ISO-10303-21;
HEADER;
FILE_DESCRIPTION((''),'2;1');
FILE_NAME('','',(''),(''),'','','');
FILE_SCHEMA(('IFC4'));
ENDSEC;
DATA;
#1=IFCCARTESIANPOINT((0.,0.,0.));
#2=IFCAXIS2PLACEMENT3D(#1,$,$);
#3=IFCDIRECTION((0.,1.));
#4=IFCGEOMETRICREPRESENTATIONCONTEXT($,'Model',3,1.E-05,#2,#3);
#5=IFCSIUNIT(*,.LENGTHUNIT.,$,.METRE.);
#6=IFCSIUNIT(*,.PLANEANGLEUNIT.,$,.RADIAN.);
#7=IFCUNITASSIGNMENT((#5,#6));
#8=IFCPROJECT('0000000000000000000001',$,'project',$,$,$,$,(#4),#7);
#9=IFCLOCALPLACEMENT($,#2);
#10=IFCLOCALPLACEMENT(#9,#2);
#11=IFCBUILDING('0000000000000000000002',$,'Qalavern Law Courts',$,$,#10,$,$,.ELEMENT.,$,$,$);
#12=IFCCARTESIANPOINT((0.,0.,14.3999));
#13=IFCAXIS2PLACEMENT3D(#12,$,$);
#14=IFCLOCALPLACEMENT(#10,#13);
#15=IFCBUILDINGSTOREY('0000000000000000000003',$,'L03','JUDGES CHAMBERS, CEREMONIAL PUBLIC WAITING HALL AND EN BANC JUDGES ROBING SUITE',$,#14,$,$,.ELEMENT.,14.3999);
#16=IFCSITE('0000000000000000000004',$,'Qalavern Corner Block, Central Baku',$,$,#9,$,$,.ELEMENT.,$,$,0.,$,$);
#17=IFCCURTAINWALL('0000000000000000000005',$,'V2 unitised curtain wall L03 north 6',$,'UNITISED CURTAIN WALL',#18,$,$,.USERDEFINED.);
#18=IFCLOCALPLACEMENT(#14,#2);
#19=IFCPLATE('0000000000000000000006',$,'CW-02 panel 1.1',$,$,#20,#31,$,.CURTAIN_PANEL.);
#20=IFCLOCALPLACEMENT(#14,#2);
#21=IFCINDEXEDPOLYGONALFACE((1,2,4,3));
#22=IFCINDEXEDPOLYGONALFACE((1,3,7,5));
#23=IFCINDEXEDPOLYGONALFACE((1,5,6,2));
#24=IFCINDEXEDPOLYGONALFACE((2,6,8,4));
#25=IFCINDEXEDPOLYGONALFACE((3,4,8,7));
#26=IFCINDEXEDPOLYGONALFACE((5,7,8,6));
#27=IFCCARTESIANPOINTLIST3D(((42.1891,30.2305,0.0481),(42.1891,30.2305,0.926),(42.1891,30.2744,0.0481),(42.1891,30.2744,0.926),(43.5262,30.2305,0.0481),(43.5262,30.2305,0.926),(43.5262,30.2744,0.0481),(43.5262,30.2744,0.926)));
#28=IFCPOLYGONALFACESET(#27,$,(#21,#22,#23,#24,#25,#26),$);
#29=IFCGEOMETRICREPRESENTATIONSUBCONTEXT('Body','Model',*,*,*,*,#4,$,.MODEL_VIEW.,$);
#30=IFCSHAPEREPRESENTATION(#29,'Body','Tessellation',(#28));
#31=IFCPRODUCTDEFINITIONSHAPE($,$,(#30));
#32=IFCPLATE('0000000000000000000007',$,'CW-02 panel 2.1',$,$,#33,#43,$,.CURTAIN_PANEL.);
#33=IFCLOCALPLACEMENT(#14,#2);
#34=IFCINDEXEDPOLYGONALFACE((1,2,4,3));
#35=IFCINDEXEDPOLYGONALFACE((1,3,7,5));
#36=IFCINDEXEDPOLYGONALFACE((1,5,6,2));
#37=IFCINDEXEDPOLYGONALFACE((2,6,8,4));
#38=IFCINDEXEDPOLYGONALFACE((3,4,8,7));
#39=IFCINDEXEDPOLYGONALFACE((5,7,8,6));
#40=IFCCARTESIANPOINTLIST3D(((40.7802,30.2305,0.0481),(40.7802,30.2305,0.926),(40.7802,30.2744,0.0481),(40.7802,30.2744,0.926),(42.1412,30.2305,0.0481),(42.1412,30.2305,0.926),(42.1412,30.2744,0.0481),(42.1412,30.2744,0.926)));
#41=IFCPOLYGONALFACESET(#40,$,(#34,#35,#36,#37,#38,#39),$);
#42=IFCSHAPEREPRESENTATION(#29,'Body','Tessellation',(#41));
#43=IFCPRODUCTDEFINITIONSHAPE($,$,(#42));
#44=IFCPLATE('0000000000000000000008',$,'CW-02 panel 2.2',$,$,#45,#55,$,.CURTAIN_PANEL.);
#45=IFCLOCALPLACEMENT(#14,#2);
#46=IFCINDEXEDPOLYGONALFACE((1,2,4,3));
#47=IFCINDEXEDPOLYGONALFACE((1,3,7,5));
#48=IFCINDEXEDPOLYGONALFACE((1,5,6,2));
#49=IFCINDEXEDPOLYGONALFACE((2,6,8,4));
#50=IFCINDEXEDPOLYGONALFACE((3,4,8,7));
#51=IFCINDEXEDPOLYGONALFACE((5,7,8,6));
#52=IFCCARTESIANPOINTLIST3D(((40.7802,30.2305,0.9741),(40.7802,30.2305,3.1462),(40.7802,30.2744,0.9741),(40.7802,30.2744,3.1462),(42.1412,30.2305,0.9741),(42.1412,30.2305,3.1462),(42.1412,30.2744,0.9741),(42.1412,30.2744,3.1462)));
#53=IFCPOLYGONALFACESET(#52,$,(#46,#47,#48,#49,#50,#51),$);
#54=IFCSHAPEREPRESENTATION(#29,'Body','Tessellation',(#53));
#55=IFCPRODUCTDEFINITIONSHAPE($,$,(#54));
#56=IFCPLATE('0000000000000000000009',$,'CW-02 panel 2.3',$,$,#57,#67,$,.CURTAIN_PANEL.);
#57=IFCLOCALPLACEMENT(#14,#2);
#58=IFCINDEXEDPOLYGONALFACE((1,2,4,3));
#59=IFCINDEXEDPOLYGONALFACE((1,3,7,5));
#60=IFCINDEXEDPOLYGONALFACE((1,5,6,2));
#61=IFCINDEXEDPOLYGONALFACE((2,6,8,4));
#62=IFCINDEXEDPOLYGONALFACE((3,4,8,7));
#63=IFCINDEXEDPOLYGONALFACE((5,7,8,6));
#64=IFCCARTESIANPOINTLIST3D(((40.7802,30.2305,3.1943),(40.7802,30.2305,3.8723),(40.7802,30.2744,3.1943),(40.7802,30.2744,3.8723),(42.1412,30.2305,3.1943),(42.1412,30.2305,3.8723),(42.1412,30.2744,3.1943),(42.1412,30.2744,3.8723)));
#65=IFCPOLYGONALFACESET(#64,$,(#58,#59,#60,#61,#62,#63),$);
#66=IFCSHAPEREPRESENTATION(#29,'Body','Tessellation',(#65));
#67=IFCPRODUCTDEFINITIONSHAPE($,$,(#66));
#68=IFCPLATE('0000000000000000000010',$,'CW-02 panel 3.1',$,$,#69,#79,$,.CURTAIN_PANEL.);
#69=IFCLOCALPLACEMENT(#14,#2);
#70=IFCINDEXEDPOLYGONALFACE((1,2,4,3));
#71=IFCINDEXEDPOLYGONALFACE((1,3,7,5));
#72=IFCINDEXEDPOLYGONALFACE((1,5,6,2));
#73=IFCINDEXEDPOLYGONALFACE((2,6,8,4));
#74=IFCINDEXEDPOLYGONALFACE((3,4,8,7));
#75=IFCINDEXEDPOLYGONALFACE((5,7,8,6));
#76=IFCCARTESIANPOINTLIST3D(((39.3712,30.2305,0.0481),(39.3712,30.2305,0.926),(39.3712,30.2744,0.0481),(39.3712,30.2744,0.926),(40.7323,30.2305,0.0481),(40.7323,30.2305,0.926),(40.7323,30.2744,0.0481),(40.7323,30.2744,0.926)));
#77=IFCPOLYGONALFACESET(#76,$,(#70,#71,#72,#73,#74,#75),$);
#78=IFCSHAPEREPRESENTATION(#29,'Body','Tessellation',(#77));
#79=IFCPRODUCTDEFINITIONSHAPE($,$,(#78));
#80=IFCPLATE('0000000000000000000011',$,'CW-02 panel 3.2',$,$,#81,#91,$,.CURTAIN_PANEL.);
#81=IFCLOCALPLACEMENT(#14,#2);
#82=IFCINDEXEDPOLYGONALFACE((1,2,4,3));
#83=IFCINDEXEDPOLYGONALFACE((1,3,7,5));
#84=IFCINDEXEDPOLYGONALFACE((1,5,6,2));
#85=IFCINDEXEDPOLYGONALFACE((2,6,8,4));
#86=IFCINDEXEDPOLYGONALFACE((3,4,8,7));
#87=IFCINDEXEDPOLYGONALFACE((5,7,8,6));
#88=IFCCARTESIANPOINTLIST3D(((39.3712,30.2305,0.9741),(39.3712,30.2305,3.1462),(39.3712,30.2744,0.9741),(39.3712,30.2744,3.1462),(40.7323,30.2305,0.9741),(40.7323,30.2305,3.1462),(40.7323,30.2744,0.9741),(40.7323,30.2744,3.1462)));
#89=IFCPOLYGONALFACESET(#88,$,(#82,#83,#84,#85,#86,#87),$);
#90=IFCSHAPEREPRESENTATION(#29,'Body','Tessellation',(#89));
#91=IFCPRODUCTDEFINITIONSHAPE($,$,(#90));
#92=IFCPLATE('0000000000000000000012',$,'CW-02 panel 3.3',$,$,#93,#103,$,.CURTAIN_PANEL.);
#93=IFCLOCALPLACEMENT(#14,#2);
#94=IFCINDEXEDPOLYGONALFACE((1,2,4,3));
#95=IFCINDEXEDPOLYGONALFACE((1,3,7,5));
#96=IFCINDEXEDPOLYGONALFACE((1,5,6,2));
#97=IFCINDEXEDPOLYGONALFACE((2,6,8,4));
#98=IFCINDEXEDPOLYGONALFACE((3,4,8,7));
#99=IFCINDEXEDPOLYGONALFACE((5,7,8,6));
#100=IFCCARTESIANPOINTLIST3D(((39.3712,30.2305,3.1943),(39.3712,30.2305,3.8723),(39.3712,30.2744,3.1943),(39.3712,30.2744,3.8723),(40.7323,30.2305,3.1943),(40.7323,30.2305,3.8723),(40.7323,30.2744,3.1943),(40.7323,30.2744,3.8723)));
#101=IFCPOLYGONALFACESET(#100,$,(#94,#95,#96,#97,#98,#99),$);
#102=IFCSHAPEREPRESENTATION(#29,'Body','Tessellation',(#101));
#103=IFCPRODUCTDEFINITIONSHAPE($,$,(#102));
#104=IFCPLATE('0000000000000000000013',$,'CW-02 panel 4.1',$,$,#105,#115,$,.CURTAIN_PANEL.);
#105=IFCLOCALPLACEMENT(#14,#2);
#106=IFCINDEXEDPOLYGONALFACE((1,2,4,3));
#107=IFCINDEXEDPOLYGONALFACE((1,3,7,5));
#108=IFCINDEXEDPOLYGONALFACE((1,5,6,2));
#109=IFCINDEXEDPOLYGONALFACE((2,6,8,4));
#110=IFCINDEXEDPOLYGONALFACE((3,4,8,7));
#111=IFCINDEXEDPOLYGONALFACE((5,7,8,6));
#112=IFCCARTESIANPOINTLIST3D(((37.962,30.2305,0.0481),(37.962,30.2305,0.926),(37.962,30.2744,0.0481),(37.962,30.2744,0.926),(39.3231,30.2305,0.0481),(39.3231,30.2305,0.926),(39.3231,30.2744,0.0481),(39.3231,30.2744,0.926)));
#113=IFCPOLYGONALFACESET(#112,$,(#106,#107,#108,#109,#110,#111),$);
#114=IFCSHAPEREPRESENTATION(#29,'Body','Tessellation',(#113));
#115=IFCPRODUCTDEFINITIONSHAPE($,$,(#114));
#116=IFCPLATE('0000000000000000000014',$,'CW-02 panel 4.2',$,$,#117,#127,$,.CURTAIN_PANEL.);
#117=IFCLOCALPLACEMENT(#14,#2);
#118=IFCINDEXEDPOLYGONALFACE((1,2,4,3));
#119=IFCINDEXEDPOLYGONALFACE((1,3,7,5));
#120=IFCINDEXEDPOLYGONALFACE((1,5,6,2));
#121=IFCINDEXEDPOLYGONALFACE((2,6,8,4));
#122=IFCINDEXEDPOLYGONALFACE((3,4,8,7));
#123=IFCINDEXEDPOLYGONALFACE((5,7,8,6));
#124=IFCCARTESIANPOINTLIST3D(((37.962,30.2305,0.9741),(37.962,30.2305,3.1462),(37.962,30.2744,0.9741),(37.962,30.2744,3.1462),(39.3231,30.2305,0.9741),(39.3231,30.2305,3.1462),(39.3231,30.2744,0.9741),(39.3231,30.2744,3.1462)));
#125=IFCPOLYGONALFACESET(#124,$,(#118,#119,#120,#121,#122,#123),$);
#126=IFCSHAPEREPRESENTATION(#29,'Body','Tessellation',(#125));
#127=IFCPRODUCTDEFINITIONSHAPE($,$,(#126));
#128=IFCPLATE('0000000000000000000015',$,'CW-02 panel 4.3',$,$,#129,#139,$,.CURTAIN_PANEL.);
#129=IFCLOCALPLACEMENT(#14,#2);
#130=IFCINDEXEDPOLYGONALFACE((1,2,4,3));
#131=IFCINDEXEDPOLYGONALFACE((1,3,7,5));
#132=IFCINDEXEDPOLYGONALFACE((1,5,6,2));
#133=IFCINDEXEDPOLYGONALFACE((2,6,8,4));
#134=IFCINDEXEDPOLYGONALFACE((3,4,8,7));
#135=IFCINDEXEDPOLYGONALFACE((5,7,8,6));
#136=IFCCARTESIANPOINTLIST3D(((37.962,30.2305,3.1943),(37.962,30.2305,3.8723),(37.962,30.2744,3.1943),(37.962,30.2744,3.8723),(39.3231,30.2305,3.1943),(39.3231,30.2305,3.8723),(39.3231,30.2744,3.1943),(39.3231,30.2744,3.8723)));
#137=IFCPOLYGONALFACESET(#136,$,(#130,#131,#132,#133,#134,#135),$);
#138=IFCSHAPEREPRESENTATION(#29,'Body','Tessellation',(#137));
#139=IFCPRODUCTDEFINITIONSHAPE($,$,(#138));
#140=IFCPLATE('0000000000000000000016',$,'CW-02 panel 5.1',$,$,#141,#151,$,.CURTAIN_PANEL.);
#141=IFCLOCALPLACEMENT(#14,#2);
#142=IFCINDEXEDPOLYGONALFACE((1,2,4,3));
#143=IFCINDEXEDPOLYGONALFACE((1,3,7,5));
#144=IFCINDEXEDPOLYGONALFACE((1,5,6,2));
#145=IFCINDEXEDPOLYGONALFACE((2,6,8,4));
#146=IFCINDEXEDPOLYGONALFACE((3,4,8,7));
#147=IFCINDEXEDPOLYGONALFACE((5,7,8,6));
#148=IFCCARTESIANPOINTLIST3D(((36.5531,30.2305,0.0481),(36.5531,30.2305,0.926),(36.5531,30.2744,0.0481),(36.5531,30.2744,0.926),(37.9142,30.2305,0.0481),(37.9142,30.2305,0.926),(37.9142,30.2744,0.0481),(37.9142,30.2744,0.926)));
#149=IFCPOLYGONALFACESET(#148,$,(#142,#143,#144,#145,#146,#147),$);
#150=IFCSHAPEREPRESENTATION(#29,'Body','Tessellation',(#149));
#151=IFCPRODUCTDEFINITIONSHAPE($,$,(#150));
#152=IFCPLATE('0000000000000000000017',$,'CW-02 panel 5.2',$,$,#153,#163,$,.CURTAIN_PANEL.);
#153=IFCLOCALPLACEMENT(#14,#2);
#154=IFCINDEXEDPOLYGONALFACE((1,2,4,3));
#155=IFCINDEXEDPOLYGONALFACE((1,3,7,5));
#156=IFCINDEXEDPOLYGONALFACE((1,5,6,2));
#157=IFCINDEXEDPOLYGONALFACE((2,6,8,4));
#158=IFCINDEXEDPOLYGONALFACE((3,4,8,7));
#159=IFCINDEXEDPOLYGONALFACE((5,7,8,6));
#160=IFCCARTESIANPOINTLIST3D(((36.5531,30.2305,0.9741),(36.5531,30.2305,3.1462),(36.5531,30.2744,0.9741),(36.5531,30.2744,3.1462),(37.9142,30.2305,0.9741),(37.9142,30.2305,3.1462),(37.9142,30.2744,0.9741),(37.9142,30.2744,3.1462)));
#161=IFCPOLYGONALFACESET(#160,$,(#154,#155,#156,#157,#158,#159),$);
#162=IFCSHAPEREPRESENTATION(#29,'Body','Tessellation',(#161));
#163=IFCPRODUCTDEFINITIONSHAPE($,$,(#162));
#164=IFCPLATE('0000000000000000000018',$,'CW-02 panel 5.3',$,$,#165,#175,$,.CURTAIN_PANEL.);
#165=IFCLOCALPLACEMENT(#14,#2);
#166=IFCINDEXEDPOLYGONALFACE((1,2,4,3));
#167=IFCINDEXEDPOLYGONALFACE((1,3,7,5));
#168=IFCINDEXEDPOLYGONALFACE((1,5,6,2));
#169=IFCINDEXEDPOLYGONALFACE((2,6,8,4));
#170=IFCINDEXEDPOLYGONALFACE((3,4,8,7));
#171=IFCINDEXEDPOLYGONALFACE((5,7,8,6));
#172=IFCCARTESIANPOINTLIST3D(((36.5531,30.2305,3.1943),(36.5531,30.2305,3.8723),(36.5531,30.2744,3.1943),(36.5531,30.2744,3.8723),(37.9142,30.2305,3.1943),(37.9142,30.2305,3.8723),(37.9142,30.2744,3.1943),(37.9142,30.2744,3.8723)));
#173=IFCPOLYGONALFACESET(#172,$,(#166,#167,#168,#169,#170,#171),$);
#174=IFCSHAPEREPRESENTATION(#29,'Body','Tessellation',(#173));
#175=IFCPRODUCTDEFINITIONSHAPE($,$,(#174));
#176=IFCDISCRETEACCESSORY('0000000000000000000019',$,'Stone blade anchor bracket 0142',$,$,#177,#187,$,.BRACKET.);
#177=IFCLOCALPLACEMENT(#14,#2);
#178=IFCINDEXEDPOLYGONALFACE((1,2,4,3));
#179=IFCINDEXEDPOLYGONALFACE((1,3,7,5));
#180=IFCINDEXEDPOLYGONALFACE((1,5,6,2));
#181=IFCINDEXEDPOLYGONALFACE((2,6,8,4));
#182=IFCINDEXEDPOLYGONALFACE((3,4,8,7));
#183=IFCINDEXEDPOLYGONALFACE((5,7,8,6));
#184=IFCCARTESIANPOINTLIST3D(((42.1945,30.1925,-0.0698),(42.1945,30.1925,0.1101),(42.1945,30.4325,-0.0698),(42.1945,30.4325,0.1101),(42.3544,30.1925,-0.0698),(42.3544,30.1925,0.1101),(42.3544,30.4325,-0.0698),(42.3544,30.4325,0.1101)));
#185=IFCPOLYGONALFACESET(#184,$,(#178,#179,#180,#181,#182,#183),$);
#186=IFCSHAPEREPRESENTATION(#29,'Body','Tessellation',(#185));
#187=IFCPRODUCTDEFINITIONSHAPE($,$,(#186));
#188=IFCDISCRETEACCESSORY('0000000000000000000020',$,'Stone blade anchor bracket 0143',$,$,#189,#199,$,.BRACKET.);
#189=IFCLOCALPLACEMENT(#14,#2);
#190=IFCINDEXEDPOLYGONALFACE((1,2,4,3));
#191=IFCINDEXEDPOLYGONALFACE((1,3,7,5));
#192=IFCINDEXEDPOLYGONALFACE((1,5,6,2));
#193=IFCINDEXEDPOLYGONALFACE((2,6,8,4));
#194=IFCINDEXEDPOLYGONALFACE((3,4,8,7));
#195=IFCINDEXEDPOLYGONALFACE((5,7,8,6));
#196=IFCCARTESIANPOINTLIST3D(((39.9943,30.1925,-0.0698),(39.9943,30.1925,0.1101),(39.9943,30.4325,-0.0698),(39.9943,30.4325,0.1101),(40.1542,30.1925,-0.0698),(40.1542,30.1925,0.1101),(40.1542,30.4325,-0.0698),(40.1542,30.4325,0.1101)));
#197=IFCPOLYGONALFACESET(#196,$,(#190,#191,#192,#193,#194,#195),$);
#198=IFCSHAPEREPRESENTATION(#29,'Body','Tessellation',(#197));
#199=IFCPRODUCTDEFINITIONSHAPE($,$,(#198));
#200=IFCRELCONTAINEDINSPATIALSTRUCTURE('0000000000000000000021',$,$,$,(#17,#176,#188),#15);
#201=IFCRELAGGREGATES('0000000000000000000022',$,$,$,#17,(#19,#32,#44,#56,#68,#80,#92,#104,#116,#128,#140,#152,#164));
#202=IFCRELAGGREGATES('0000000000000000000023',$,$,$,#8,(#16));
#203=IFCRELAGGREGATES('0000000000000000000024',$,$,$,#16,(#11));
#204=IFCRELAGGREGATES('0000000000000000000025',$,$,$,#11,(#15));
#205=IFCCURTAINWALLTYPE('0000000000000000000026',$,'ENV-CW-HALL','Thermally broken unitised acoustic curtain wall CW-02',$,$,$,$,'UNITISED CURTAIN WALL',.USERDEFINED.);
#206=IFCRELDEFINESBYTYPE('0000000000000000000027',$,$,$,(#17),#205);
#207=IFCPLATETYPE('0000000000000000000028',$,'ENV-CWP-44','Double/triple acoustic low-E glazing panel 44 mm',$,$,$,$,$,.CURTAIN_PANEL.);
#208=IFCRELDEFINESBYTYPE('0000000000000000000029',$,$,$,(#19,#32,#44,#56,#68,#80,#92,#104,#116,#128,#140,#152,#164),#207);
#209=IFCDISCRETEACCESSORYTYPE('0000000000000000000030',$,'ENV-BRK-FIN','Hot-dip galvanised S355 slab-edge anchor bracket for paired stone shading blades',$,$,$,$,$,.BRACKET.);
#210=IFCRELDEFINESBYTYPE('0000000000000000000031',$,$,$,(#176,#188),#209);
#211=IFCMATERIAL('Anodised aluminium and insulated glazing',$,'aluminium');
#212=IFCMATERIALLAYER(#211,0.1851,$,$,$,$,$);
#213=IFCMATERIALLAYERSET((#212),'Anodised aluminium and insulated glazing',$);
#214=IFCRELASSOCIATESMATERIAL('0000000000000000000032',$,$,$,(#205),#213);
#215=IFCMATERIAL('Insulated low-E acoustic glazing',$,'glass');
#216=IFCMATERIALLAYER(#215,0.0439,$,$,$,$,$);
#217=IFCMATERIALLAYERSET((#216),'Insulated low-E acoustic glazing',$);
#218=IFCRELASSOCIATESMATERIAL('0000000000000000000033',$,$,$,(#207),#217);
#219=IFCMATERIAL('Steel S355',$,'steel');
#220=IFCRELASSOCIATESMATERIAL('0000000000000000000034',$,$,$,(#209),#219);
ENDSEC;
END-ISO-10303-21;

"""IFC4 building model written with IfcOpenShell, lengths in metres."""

from ifc_helpers import new_model, si_unit, direction, frame, origin, origin_2d, place, context, subcontext, project, spatial, rectangle, extrude, material, layer, layer_set, type_object, element, aggregate, save


model = new_model("IFC4")

# Units and contexts
model_context = context("Model", 3, precision=1e-05, world=origin(), true_north=direction((0.0, 1.0)))
body_context = subcontext(model_context, "Body", "Model", "MODEL_VIEW")
ifc_project = project(units=[si_unit("LENGTHUNIT", "METRE"), si_unit("PLANEANGLEUNIT", "RADIAN")], contexts=[model_context])

# Site, building, storey
site_placement = place(None, origin())
site = spatial("IfcSite", under=ifc_project, at=site_placement, Name="Qalavern Corner Block, Central Baku", CompositionType="ELEMENT", RefElevation=0.0)
building_placement = place(site_placement, origin())
building = spatial("IfcBuilding", under=site, at=building_placement, Name="Qalavern Law Courts", CompositionType="ELEMENT")
storey_placement = place(building_placement, frame((0.0, 0.0, 14.3999)))
storey = spatial("IfcBuildingStorey", under=building, at=storey_placement, Name="L03", Description="JUDGES CHAMBERS, CEREMONIAL PUBLIC WAITING HALL AND EN BANC JUDGES ROBING SUITE", CompositionType="ELEMENT", Elevation=14.3999)

# Curtain wall, plates
ifc_material_1 = material(Name="Anodised aluminium and insulated glazing", Category="aluminium")
ifc_layer_1 = layer(ifc_material_1, 0.1851)
ifc_layer_set_1 = layer_set([ifc_layer_1], Name="Anodised aluminium and insulated glazing")
curtain_wall_type = type_object("IfcCurtainWallType", Name="ENV-CW-HALL", Description="Thermally broken unitised acoustic curtain wall CW-02", ElementType="UNITISED CURTAIN WALL", PredefinedType="USERDEFINED", material=ifc_layer_set_1)
curtain_wall_placement = place(storey_placement, origin())
curtain_wall = element("IfcCurtainWall", 1, at=curtain_wall_placement, inside=storey, type_object=curtain_wall_type, Name="V2 unitised curtain wall L03 north 6", ObjectType="UNITISED CURTAIN WALL", PredefinedType="USERDEFINED")
ifc_material_2 = material(Name="Insulated low-E acoustic glazing", Category="glass")
ifc_layer_2 = layer(ifc_material_2, 0.0439)
ifc_layer_set_2 = layer_set([ifc_layer_2], Name="Insulated low-E acoustic glazing")
plate_type = type_object("IfcPlateType", Name="ENV-CWP-44", Description="Double/triple acoustic low-E glazing panel 44 mm", PredefinedType="CURTAIN_PANEL", material=ifc_layer_set_2)
plate_1_placement = place(storey_placement, frame((42.8577, 30.2524, 0.0481), z_axis=(0.0, 0.0, 1.0), x_axis=(-1.0, 0.0, 0.0)))
plate_1 = element("IfcPlate", 2, at=plate_1_placement, type_object=plate_type, Name="CW-02 panel 1.1", PredefinedType="CURTAIN_PANEL", context=body_context, shape_type="SweptSolid", body=[
    extrude(rectangle(XDim=1.3372, YDim=0.0439, at=origin_2d()), origin(), (0.0, 0.0, 1.0), 0.8779),
])
plate_2_placement = place(storey_placement, frame((41.4607, 30.2524, 0.0481), z_axis=(0.0, 0.0, 1.0), x_axis=(-1.0, 0.0, 0.0)))
plate_2 = element("IfcPlate", 3, at=plate_2_placement, type_object=plate_type, Name="CW-02 panel 2.1", PredefinedType="CURTAIN_PANEL", context=body_context, shape_type="SweptSolid", body=[
    extrude(rectangle(XDim=1.3611, YDim=0.0439, at=origin_2d()), origin(), (0.0, 0.0, 1.0), 0.8779),
])
plate_3_placement = place(storey_placement, frame((41.4607, 30.2524, 0.9741), z_axis=(0.0, 0.0, 1.0), x_axis=(-1.0, 0.0, 0.0)))
plate_3 = element("IfcPlate", 4, at=plate_3_placement, type_object=plate_type, Name="CW-02 panel 2.2", PredefinedType="CURTAIN_PANEL", context=body_context, shape_type="SweptSolid", body=[
    extrude(rectangle(XDim=1.3611, YDim=0.0439, at=origin_2d()), origin(), (0.0, 0.0, 1.0), 2.1721),
])
plate_4_placement = place(storey_placement, frame((41.4607, 30.2524, 3.1943), z_axis=(0.0, 0.0, 1.0), x_axis=(-1.0, 0.0, 0.0)))
plate_4 = element("IfcPlate", 5, at=plate_4_placement, type_object=plate_type, Name="CW-02 panel 2.3", PredefinedType="CURTAIN_PANEL", context=body_context, shape_type="SweptSolid", body=[
    extrude(rectangle(XDim=1.3611, YDim=0.0439, at=origin_2d()), origin(), (0.0, 0.0, 1.0), 0.678),
])
plate_5_placement = place(storey_placement, frame((40.0518, 30.2524, 0.0481), z_axis=(0.0, 0.0, 1.0), x_axis=(-1.0, 0.0, 0.0)))
plate_5 = element("IfcPlate", 6, at=plate_5_placement, type_object=plate_type, Name="CW-02 panel 3.1", PredefinedType="CURTAIN_PANEL", context=body_context, shape_type="SweptSolid", body=[
    extrude(rectangle(XDim=1.3611, YDim=0.0439, at=origin_2d()), origin(), (0.0, 0.0, 1.0), 0.8779),
])
plate_6_placement = place(storey_placement, frame((40.0518, 30.2524, 0.9741), z_axis=(0.0, 0.0, 1.0), x_axis=(-1.0, 0.0, 0.0)))
plate_6 = element("IfcPlate", 7, at=plate_6_placement, type_object=plate_type, Name="CW-02 panel 3.2", PredefinedType="CURTAIN_PANEL", context=body_context, shape_type="SweptSolid", body=[
    extrude(rectangle(XDim=1.3611, YDim=0.0439, at=origin_2d()), origin(), (0.0, 0.0, 1.0), 2.1721),
])
plate_7_placement = place(storey_placement, frame((40.0518, 30.2524, 3.1943), z_axis=(0.0, 0.0, 1.0), x_axis=(-1.0, 0.0, 0.0)))
plate_7 = element("IfcPlate", 8, at=plate_7_placement, type_object=plate_type, Name="CW-02 panel 3.3", PredefinedType="CURTAIN_PANEL", context=body_context, shape_type="SweptSolid", body=[
    extrude(rectangle(XDim=1.3611, YDim=0.0439, at=origin_2d()), origin(), (0.0, 0.0, 1.0), 0.678),
])
plate_8_placement = place(storey_placement, frame((38.6426, 30.2524, 0.0481), z_axis=(0.0, 0.0, 1.0), x_axis=(-1.0, 0.0, 0.0)))
plate_8 = element("IfcPlate", 9, at=plate_8_placement, type_object=plate_type, Name="CW-02 panel 4.1", PredefinedType="CURTAIN_PANEL", context=body_context, shape_type="SweptSolid", body=[
    extrude(rectangle(XDim=1.3611, YDim=0.0439, at=origin_2d()), origin(), (0.0, 0.0, 1.0), 0.8779),
])
plate_9_placement = place(storey_placement, frame((38.6426, 30.2524, 0.9741), z_axis=(0.0, 0.0, 1.0), x_axis=(-1.0, 0.0, 0.0)))
plate_9 = element("IfcPlate", 10, at=plate_9_placement, type_object=plate_type, Name="CW-02 panel 4.2", PredefinedType="CURTAIN_PANEL", context=body_context, shape_type="SweptSolid", body=[
    extrude(rectangle(XDim=1.3611, YDim=0.0439, at=origin_2d()), origin(), (0.0, 0.0, 1.0), 2.1721),
])
plate_10_placement = place(storey_placement, frame((38.6426, 30.2524, 3.1943), z_axis=(0.0, 0.0, 1.0), x_axis=(-1.0, 0.0, 0.0)))
plate_10 = element("IfcPlate", 11, at=plate_10_placement, type_object=plate_type, Name="CW-02 panel 4.3", PredefinedType="CURTAIN_PANEL", context=body_context, shape_type="SweptSolid", body=[
    extrude(rectangle(XDim=1.3611, YDim=0.0439, at=origin_2d()), origin(), (0.0, 0.0, 1.0), 0.678),
])
plate_11_placement = place(storey_placement, frame((37.2336, 30.2524, 0.0481), z_axis=(0.0, 0.0, 1.0), x_axis=(-1.0, 0.0, 0.0)))
plate_11 = element("IfcPlate", 12, at=plate_11_placement, type_object=plate_type, Name="CW-02 panel 5.1", PredefinedType="CURTAIN_PANEL", context=body_context, shape_type="SweptSolid", body=[
    extrude(rectangle(XDim=1.3611, YDim=0.0439, at=origin_2d()), origin(), (0.0, 0.0, 1.0), 0.8779),
])
plate_12_placement = place(storey_placement, frame((37.2336, 30.2524, 0.9741), z_axis=(0.0, 0.0, 1.0), x_axis=(-1.0, 0.0, 0.0)))
plate_12 = element("IfcPlate", 13, at=plate_12_placement, type_object=plate_type, Name="CW-02 panel 5.2", PredefinedType="CURTAIN_PANEL", context=body_context, shape_type="SweptSolid", body=[
    extrude(rectangle(XDim=1.3611, YDim=0.0439, at=origin_2d()), origin(), (0.0, 0.0, 1.0), 2.1721),
])
plate_13_placement = place(storey_placement, frame((37.2336, 30.2524, 3.1943), z_axis=(0.0, 0.0, 1.0), x_axis=(-1.0, 0.0, 0.0)))
plate_13 = element("IfcPlate", 14, at=plate_13_placement, type_object=plate_type, Name="CW-02 panel 5.3", PredefinedType="CURTAIN_PANEL", context=body_context, shape_type="SweptSolid", body=[
    extrude(rectangle(XDim=1.3611, YDim=0.0439, at=origin_2d()), origin(), (0.0, 0.0, 1.0), 0.678),
])
aggregate(curtain_wall, [plate_1, plate_2, plate_3, plate_4, plate_5, plate_6, plate_7, plate_8, plate_9, plate_10, plate_11, plate_12, plate_13])

# Discrete accessories
ifc_material_3 = material(Name="Steel S355", Category="steel")
discrete_accessory_type = type_object("IfcDiscreteAccessoryType", Name="ENV-BRK-FIN", Description="Hot-dip galvanised S355 slab-edge anchor bracket for paired stone shading blades", PredefinedType="BRACKET", material=ifc_material_3)
for number, where, z_axis, x_axis, name in (
    (15, (42.2744, 30.3125, -0.0698), (0.0, 0.0, 1.0), (0.0, 1.0, 0.0), "Stone blade anchor bracket 0142"),
    (16, (40.0742, 30.3125, -0.0698), (0.0, 0.0, 1.0), (0.0, 1.0, 0.0), "Stone blade anchor bracket 0143"),
):
    element("IfcDiscreteAccessory", number, at=place(storey_placement, frame(where, z_axis=z_axis, x_axis=x_axis)), inside=storey, type_object=discrete_accessory_type, Name=name, PredefinedType="BRACKET", context=body_context, shape_type="SweptSolid", body=[
        extrude(rectangle(XDim=0.24, YDim=0.1599, at=origin_2d()), origin(), (0.0, 0.0, 1.0), 0.1799),
    ])

save(model, "model.ifc")
